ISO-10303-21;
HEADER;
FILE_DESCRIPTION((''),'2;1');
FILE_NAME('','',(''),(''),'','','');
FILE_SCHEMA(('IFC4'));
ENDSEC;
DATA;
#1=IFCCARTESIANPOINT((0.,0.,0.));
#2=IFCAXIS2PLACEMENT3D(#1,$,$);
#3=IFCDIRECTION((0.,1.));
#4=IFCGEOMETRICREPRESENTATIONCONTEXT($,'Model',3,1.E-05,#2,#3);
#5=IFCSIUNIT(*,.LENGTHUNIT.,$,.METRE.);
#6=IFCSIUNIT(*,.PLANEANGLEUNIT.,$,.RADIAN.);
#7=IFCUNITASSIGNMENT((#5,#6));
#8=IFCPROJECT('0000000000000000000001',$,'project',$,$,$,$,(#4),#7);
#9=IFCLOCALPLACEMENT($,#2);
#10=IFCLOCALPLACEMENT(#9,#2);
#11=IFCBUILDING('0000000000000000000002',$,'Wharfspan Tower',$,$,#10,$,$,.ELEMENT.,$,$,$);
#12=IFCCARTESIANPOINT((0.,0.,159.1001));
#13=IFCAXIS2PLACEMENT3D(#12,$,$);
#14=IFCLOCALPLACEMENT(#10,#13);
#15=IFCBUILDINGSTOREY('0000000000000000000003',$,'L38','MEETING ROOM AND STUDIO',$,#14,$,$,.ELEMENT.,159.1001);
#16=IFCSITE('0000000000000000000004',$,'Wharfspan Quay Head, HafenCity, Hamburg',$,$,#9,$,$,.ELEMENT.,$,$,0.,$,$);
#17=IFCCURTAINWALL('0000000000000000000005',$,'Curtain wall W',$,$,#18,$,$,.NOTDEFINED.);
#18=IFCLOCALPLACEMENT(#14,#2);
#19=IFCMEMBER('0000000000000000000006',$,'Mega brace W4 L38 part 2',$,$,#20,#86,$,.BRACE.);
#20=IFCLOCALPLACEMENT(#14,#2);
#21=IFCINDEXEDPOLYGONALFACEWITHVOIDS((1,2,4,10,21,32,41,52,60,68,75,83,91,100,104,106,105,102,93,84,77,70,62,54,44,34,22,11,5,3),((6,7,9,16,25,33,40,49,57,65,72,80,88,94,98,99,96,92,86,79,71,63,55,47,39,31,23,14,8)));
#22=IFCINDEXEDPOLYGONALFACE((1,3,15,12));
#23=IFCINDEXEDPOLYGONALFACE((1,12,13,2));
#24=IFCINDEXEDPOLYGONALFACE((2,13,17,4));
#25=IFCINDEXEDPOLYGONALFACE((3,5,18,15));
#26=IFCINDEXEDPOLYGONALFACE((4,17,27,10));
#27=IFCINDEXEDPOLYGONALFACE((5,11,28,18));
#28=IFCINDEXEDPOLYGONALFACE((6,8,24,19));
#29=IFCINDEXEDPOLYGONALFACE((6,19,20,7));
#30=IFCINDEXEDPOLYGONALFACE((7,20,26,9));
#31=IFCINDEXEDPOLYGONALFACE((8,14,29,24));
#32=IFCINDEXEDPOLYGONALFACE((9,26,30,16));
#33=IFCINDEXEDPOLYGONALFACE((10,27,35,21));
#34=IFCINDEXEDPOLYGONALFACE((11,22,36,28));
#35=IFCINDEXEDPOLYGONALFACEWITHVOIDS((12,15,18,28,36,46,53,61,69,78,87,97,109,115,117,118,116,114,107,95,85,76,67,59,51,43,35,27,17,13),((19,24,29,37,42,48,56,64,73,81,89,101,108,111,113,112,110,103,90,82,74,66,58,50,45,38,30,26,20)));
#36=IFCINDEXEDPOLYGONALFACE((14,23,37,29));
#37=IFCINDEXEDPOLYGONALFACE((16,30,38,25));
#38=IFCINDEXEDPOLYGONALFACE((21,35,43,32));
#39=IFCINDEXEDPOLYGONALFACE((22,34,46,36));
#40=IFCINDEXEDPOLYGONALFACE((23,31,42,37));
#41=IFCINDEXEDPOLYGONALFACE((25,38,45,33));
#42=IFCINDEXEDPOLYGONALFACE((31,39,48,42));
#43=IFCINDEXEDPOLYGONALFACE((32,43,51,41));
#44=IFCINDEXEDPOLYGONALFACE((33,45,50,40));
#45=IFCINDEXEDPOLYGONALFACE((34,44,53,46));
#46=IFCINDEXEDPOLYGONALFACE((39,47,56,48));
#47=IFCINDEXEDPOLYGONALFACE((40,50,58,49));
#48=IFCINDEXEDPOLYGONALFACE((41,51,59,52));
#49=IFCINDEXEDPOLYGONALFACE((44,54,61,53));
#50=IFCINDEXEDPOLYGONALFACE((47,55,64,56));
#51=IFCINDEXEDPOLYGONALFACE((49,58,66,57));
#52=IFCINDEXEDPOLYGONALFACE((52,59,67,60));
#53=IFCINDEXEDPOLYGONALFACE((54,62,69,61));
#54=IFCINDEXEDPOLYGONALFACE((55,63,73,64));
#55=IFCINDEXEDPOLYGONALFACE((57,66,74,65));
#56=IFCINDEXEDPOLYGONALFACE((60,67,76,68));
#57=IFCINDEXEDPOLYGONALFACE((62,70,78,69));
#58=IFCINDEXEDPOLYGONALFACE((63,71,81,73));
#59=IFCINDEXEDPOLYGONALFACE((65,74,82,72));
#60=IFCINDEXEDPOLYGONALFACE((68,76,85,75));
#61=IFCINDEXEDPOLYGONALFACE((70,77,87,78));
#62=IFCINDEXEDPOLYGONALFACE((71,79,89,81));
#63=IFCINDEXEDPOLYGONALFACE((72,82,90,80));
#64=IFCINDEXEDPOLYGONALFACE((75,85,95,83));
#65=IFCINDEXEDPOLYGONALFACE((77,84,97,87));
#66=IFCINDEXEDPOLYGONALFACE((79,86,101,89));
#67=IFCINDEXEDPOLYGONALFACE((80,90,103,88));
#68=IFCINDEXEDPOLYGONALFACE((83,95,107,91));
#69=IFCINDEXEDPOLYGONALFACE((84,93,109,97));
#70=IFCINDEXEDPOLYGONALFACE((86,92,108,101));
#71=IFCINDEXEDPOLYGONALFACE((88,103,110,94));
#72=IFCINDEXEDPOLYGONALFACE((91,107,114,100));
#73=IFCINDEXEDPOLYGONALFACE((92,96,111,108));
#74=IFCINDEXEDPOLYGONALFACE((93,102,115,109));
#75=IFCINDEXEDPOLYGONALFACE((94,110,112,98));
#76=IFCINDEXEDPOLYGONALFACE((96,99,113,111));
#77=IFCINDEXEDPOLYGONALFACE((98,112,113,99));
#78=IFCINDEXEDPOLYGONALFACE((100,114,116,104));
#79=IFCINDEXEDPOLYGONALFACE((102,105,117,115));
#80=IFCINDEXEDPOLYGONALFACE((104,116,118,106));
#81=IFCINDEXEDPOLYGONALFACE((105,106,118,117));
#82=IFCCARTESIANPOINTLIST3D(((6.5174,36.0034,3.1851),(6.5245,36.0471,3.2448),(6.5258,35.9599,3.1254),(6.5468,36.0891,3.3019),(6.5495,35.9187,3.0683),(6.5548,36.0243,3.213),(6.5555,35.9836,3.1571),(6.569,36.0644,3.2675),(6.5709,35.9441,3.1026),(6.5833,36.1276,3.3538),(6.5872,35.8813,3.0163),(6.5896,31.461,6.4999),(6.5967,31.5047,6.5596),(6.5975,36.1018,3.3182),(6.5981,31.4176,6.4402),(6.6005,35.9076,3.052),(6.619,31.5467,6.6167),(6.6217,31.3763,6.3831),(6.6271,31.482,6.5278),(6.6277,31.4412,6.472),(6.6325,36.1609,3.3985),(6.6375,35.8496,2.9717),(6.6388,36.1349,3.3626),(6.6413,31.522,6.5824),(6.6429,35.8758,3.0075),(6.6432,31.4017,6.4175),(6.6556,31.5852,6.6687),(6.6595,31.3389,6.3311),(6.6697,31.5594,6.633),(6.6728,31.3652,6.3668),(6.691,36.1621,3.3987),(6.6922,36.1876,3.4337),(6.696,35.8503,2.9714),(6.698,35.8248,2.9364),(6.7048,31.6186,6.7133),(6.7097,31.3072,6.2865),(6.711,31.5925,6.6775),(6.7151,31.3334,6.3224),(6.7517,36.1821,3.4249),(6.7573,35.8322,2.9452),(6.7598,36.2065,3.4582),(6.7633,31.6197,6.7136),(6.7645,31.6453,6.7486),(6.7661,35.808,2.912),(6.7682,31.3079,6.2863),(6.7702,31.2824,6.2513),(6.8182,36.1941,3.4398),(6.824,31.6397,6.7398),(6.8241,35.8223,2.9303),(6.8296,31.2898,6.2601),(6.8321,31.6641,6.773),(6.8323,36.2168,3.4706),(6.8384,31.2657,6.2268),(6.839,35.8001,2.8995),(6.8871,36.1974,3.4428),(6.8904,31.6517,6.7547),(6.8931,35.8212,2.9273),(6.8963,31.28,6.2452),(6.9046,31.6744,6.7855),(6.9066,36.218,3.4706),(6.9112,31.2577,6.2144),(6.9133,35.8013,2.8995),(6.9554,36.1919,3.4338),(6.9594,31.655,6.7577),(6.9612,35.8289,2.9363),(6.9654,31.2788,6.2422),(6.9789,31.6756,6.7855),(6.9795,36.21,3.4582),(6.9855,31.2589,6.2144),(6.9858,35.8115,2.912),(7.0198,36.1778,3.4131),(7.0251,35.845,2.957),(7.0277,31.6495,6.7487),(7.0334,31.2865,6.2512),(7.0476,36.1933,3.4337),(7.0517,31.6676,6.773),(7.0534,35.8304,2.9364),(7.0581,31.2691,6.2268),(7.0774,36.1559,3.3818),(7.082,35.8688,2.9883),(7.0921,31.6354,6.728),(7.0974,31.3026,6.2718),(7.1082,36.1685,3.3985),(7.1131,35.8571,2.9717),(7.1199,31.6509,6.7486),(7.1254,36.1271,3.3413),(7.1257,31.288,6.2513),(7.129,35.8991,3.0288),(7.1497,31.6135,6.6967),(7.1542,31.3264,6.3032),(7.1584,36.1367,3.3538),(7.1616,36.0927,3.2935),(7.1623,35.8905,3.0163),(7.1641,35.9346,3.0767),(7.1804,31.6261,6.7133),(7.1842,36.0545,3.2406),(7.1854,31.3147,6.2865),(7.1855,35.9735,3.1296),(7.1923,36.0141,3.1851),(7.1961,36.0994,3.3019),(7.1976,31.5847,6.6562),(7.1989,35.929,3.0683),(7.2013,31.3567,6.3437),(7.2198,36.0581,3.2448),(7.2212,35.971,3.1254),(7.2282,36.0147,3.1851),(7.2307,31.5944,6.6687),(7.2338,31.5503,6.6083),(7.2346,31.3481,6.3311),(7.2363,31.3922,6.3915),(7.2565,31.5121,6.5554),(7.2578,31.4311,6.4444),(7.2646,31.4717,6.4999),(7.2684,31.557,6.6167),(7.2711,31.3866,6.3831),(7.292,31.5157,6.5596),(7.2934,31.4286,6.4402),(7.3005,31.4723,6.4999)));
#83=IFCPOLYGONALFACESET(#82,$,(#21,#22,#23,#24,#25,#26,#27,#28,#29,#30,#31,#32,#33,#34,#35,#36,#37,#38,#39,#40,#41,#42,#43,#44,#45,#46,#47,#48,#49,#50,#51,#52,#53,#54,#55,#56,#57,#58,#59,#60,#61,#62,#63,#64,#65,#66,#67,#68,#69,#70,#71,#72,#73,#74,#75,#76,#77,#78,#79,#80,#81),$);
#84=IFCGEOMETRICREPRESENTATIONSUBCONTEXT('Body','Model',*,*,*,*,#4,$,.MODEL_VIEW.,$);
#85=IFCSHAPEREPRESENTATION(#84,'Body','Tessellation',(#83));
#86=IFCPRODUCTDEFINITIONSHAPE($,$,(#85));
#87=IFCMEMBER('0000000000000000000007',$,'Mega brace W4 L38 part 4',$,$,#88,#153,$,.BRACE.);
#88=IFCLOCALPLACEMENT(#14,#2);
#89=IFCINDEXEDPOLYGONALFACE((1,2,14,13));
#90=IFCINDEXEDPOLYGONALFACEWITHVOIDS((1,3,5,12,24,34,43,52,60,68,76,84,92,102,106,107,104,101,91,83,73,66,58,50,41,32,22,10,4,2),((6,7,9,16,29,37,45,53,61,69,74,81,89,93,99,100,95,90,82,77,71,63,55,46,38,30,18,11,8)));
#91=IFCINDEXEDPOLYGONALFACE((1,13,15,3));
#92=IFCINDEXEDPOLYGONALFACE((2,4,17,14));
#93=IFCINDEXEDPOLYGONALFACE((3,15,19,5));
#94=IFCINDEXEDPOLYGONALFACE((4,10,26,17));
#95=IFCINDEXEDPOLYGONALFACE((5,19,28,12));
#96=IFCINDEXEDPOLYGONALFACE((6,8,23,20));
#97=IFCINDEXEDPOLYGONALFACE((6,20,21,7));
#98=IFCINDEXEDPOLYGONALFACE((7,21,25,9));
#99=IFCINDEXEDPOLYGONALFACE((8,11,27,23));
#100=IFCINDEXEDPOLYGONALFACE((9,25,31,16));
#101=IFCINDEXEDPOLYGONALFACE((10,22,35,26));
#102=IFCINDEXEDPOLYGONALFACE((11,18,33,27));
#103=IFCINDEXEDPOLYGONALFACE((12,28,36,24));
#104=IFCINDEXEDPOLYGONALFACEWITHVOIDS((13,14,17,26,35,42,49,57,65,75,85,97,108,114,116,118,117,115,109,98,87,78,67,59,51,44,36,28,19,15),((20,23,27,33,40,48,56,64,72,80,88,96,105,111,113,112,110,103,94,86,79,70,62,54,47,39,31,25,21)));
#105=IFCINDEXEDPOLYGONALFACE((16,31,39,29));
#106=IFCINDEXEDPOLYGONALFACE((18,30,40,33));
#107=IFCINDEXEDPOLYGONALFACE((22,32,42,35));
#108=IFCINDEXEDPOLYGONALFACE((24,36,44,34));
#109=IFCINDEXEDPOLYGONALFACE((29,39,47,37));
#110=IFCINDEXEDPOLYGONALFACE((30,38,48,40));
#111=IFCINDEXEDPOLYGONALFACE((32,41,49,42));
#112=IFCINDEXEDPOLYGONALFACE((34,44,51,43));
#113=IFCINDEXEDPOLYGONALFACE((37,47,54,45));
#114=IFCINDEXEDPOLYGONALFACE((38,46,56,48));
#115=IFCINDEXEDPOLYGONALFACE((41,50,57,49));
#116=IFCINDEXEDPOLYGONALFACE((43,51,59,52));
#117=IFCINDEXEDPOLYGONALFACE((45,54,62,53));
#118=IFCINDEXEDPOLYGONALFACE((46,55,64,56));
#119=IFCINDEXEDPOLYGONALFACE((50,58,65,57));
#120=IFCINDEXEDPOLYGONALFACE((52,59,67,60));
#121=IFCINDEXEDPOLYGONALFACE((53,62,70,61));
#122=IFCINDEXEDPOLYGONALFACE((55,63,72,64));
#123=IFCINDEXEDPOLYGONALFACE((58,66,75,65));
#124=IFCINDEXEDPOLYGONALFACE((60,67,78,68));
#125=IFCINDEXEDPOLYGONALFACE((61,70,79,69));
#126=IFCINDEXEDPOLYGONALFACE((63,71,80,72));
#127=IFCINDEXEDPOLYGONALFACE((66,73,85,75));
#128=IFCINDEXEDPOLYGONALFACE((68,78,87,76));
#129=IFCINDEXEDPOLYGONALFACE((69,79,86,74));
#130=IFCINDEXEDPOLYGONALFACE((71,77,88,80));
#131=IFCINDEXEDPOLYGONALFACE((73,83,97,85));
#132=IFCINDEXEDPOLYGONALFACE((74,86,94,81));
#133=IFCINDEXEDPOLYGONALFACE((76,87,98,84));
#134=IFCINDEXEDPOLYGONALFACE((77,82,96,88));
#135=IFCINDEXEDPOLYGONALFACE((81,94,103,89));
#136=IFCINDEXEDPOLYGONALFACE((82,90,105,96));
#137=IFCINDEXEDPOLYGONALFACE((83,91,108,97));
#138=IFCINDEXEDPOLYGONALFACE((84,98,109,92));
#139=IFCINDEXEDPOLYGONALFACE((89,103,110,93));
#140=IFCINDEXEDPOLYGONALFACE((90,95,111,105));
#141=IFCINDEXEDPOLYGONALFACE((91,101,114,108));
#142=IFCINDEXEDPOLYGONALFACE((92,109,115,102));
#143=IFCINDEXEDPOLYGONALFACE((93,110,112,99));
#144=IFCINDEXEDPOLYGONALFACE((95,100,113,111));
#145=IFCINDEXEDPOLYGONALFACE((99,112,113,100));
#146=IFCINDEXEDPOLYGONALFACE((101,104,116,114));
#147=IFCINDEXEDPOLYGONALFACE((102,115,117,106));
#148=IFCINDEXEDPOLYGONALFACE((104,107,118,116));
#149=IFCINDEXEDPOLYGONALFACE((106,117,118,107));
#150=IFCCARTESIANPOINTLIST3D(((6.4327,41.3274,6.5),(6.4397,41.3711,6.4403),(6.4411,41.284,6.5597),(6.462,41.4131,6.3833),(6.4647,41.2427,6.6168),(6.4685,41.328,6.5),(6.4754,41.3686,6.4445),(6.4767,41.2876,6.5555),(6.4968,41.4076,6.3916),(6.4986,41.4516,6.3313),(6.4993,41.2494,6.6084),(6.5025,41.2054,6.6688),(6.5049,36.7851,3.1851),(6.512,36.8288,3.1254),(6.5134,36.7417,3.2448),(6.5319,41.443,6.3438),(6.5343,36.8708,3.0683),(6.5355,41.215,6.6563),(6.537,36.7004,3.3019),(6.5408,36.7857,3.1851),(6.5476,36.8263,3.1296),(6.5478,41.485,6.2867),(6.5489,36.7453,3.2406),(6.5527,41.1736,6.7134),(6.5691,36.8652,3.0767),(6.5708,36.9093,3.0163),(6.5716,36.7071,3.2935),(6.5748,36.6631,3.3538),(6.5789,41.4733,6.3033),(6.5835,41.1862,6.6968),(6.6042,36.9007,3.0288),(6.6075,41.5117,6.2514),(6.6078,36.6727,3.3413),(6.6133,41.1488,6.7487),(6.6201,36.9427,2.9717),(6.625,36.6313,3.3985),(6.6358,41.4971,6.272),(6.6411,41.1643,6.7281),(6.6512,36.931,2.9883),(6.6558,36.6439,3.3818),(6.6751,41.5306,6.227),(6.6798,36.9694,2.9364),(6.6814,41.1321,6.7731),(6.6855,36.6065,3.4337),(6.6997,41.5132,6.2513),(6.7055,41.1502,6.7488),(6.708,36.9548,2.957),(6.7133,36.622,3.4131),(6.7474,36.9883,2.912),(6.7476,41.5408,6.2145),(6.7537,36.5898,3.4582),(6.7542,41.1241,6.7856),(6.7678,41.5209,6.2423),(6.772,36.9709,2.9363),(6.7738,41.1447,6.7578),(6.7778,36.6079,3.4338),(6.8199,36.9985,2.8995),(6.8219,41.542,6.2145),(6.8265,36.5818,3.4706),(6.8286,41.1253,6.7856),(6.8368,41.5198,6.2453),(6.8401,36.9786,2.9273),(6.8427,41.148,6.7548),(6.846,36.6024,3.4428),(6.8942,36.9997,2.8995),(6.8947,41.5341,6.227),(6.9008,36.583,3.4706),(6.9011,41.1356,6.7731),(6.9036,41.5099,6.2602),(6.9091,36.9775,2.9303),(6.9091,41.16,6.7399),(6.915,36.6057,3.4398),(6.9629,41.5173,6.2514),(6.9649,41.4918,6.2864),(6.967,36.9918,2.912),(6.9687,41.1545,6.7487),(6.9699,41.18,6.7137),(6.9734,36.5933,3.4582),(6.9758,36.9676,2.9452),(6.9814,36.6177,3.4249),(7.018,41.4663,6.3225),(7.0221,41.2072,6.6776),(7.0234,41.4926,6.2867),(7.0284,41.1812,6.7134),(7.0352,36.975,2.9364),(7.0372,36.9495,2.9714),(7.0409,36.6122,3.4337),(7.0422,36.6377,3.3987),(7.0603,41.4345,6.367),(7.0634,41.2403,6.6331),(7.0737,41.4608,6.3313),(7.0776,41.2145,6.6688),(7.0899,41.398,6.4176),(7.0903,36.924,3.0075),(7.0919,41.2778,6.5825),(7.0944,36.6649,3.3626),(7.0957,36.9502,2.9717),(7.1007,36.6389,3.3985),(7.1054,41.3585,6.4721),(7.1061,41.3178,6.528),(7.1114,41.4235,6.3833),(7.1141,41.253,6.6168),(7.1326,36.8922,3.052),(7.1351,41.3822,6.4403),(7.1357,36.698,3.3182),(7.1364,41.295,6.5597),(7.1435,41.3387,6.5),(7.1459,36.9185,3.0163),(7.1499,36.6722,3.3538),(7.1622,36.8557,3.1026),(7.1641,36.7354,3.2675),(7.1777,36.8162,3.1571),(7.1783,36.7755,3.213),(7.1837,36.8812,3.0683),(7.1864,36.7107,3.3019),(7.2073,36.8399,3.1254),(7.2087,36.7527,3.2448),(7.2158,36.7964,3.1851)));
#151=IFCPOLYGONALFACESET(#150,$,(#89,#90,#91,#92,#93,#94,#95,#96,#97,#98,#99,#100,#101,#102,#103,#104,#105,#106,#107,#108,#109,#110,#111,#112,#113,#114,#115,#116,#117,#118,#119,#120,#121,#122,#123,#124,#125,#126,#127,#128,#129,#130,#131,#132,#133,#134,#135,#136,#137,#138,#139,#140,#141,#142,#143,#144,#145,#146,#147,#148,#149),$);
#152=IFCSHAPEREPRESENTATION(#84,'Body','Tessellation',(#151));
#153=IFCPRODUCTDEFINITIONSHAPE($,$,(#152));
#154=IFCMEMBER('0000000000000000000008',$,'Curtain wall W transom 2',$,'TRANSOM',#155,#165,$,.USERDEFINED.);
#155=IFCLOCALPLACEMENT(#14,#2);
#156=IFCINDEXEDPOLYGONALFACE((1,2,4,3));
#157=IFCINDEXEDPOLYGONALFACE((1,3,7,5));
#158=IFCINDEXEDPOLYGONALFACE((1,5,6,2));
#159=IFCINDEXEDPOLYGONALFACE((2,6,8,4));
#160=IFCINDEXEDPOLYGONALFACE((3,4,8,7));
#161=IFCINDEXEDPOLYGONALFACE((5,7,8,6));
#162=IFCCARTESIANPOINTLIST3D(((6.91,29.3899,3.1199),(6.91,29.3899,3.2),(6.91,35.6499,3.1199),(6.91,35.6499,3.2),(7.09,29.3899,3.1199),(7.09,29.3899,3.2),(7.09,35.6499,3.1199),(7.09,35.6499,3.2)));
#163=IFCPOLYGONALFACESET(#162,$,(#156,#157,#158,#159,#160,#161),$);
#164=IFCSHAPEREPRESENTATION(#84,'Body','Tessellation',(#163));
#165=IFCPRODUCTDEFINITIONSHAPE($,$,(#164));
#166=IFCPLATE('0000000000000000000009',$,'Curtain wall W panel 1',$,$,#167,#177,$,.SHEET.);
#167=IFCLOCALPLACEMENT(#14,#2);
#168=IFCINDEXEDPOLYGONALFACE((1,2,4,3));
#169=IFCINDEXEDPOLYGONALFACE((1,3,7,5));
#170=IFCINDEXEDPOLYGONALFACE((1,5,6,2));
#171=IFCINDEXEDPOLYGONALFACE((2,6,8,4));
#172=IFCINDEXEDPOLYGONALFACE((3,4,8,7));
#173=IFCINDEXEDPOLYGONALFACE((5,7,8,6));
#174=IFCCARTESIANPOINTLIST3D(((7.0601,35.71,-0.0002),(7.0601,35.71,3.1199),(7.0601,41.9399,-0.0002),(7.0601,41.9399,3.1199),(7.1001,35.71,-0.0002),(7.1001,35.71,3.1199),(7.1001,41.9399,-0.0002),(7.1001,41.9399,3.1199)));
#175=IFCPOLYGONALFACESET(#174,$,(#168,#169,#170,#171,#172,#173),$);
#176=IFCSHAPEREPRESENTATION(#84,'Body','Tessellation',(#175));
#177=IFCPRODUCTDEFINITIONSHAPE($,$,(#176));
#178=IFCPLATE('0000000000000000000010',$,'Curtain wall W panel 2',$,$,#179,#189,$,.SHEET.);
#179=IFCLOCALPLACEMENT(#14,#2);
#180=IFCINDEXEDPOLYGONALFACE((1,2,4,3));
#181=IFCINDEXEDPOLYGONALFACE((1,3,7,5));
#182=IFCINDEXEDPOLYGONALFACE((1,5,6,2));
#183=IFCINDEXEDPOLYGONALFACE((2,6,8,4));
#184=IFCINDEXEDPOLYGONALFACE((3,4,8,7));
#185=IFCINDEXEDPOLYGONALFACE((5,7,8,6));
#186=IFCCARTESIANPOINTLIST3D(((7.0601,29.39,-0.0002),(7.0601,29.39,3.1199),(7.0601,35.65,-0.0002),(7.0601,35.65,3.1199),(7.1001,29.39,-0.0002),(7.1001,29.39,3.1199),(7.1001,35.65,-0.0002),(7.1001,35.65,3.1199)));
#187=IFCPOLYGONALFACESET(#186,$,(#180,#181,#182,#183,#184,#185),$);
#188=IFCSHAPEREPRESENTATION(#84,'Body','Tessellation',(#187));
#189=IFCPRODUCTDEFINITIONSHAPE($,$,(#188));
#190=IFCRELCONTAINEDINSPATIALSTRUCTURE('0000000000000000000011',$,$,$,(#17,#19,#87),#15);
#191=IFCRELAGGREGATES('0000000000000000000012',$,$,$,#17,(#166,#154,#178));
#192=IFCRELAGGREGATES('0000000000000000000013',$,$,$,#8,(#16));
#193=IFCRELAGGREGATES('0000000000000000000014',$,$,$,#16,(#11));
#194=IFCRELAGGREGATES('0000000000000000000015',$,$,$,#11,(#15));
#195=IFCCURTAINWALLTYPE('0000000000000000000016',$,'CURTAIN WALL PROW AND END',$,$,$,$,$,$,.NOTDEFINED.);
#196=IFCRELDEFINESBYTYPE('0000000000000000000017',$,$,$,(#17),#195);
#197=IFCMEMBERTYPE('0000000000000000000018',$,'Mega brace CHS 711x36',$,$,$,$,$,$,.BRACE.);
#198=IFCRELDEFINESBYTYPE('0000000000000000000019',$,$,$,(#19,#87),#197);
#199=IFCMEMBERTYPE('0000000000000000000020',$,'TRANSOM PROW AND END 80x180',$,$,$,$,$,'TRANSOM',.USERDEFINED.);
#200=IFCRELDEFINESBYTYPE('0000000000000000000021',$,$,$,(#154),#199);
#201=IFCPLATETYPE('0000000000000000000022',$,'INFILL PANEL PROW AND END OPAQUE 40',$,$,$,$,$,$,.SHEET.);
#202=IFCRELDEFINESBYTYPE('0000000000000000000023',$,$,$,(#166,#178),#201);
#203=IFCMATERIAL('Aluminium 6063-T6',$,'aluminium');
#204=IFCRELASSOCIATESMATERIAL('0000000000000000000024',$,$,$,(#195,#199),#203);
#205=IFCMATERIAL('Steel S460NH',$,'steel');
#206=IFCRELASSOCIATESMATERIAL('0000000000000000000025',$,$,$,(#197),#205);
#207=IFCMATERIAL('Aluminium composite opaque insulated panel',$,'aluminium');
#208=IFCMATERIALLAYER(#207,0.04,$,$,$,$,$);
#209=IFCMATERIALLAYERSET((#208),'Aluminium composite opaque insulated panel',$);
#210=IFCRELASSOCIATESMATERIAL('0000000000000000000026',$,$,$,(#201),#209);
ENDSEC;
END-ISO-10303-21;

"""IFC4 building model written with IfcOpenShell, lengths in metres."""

from ifc_helpers import new_model, si_unit, direction, frame, origin, origin_2d, place, context, subcontext, project, spatial, rectangle, hollow_circle, extrude, material, layer, layer_set, material_profile, profile_set, type_object, element, aggregate, save


model = new_model("IFC4")

# Units and contexts
model_context = context("Model", 3, precision=1e-05, world=origin(), true_north=direction((0.0, 1.0)))
body_context = subcontext(model_context, "Body", "Model", "MODEL_VIEW")
ifc_project = project(units=[si_unit("LENGTHUNIT", "METRE"), si_unit("PLANEANGLEUNIT", "RADIAN")], contexts=[model_context])

# Site, building, storey
site_placement = place(None, origin())
site = spatial("IfcSite", under=ifc_project, at=site_placement, Name="Wharfspan Quay Head, HafenCity, Hamburg", CompositionType="ELEMENT", RefElevation=0.0)
building_placement = place(site_placement, origin())
building = spatial("IfcBuilding", under=site, at=building_placement, Name="Wharfspan Tower", CompositionType="ELEMENT")
storey_placement = place(building_placement, frame((0.0, 0.0, 159.1001)))
storey = spatial("IfcBuildingStorey", under=building, at=storey_placement, Name="L38", Description="MEETING ROOM AND STUDIO", CompositionType="ELEMENT", Elevation=159.1001)

# Curtain wall
ifc_material_1 = material(Name="Aluminium 6063-T6", Category="aluminium")
curtain_wall_type = type_object("IfcCurtainWallType", Name="CURTAIN WALL PROW AND END", PredefinedType="NOTDEFINED", material=ifc_material_1)
curtain_wall_placement = place(storey_placement, origin())
curtain_wall = element("IfcCurtainWall", 1, at=curtain_wall_placement, inside=storey, type_object=curtain_wall_type, Name="Curtain wall W", PredefinedType="NOTDEFINED")

# Members
ifc_material_2 = material(Name="Steel S460NH", Category="steel")
ifc_material_profile_1 = material_profile(ifc_material_2, hollow_circle(Radius=0.3555, WallThickness=0.0359, at=origin_2d()))
ifc_profile_set_1 = profile_set([ifc_material_profile_1], Name="Steel S460NH")
member_type_1 = type_object("IfcMemberType", Name="Mega brace CHS 711x36", PredefinedType="BRACE", material=ifc_profile_set_1)
for number, where, z_axis, x_axis, name in (
    (2, (6.8728, 36.009, 3.1851), (0.01285, -0.807711, 0.589439), (0.999876, 0.015905, -0.000003), "Mega brace W4 L38 part 2"),
    (3, (6.8604, 36.7908, 3.1851), (-0.01285, 0.807696, 0.589459), (-0.999875, -0.015906, -0.000002), "Mega brace W4 L38 part 4"),
):
    element("IfcMember", number, at=place(storey_placement, frame(where, z_axis=z_axis, x_axis=x_axis)), inside=storey, type_object=member_type_1, Name=name, PredefinedType="BRACE", context=body_context, shape_type="SweptSolid", body=[
        extrude(hollow_circle(Radius=0.3555, WallThickness=0.0359, at=origin_2d()), origin(), (0.0, 0.0, 1.0), 5.6238),
    ])

# Member
ifc_material_profile_2 = material_profile(ifc_material_1, rectangle(XDim=0.1799, YDim=0.0801, at=origin_2d()))
ifc_profile_set_2 = profile_set([ifc_material_profile_2], Name="Aluminium 6063-T6")
member_type_2 = type_object("IfcMemberType", Name="TRANSOM PROW AND END 80x180", ElementType="TRANSOM", PredefinedType="USERDEFINED", material=ifc_profile_set_2)
member_1_placement = place(storey_placement, frame((7.0, 35.6499, 3.1599), z_axis=(0.0, -1.0, 0.0), x_axis=(1.0, 0.0, 0.0)))
member_1 = element("IfcMember", 4, at=member_1_placement, type_object=member_type_2, Name="Curtain wall W transom 2", ObjectType="TRANSOM", PredefinedType="USERDEFINED", context=body_context, shape_type="SweptSolid", body=[
    extrude(rectangle(XDim=0.1799, YDim=0.0801, at=origin_2d()), origin(), (0.0, 0.0, 1.0), 6.26),
])

# Plates
ifc_material_3 = material(Name="Aluminium composite opaque insulated panel", Category="aluminium")
ifc_layer_1 = layer(ifc_material_3, 0.04)
ifc_layer_set_1 = layer_set([ifc_layer_1], Name="Aluminium composite opaque insulated panel")
plate_type = type_object("IfcPlateType", Name="INFILL PANEL PROW AND END OPAQUE 40", PredefinedType="SHEET", material=ifc_layer_set_1)
plate_1_placement = place(storey_placement, frame((7.0801, 38.825, -0.0002), z_axis=(0.0, 0.0, 1.0), x_axis=(0.0, -1.0, 0.0)))
plate_1 = element("IfcPlate", 5, at=plate_1_placement, type_object=plate_type, Name="Curtain wall W panel 1", PredefinedType="SHEET", context=body_context, shape_type="SweptSolid", body=[
    extrude(rectangle(XDim=6.23, YDim=0.04, at=origin_2d()), origin(), (0.0, 0.0, 1.0), 3.1201),
])
plate_2_placement = place(storey_placement, frame((7.0801, 32.52, -0.0002), z_axis=(0.0, 0.0, 1.0), x_axis=(0.0, -1.0, 0.0)))
plate_2 = element("IfcPlate", 6, at=plate_2_placement, type_object=plate_type, Name="Curtain wall W panel 2", PredefinedType="SHEET", context=body_context, shape_type="SweptSolid", body=[
    extrude(rectangle(XDim=6.26, YDim=0.04, at=origin_2d()), origin(), (0.0, 0.0, 1.0), 3.1201),
])
aggregate(curtain_wall, [plate_1, member_1, plate_2])

save(model, "model.ifc")
